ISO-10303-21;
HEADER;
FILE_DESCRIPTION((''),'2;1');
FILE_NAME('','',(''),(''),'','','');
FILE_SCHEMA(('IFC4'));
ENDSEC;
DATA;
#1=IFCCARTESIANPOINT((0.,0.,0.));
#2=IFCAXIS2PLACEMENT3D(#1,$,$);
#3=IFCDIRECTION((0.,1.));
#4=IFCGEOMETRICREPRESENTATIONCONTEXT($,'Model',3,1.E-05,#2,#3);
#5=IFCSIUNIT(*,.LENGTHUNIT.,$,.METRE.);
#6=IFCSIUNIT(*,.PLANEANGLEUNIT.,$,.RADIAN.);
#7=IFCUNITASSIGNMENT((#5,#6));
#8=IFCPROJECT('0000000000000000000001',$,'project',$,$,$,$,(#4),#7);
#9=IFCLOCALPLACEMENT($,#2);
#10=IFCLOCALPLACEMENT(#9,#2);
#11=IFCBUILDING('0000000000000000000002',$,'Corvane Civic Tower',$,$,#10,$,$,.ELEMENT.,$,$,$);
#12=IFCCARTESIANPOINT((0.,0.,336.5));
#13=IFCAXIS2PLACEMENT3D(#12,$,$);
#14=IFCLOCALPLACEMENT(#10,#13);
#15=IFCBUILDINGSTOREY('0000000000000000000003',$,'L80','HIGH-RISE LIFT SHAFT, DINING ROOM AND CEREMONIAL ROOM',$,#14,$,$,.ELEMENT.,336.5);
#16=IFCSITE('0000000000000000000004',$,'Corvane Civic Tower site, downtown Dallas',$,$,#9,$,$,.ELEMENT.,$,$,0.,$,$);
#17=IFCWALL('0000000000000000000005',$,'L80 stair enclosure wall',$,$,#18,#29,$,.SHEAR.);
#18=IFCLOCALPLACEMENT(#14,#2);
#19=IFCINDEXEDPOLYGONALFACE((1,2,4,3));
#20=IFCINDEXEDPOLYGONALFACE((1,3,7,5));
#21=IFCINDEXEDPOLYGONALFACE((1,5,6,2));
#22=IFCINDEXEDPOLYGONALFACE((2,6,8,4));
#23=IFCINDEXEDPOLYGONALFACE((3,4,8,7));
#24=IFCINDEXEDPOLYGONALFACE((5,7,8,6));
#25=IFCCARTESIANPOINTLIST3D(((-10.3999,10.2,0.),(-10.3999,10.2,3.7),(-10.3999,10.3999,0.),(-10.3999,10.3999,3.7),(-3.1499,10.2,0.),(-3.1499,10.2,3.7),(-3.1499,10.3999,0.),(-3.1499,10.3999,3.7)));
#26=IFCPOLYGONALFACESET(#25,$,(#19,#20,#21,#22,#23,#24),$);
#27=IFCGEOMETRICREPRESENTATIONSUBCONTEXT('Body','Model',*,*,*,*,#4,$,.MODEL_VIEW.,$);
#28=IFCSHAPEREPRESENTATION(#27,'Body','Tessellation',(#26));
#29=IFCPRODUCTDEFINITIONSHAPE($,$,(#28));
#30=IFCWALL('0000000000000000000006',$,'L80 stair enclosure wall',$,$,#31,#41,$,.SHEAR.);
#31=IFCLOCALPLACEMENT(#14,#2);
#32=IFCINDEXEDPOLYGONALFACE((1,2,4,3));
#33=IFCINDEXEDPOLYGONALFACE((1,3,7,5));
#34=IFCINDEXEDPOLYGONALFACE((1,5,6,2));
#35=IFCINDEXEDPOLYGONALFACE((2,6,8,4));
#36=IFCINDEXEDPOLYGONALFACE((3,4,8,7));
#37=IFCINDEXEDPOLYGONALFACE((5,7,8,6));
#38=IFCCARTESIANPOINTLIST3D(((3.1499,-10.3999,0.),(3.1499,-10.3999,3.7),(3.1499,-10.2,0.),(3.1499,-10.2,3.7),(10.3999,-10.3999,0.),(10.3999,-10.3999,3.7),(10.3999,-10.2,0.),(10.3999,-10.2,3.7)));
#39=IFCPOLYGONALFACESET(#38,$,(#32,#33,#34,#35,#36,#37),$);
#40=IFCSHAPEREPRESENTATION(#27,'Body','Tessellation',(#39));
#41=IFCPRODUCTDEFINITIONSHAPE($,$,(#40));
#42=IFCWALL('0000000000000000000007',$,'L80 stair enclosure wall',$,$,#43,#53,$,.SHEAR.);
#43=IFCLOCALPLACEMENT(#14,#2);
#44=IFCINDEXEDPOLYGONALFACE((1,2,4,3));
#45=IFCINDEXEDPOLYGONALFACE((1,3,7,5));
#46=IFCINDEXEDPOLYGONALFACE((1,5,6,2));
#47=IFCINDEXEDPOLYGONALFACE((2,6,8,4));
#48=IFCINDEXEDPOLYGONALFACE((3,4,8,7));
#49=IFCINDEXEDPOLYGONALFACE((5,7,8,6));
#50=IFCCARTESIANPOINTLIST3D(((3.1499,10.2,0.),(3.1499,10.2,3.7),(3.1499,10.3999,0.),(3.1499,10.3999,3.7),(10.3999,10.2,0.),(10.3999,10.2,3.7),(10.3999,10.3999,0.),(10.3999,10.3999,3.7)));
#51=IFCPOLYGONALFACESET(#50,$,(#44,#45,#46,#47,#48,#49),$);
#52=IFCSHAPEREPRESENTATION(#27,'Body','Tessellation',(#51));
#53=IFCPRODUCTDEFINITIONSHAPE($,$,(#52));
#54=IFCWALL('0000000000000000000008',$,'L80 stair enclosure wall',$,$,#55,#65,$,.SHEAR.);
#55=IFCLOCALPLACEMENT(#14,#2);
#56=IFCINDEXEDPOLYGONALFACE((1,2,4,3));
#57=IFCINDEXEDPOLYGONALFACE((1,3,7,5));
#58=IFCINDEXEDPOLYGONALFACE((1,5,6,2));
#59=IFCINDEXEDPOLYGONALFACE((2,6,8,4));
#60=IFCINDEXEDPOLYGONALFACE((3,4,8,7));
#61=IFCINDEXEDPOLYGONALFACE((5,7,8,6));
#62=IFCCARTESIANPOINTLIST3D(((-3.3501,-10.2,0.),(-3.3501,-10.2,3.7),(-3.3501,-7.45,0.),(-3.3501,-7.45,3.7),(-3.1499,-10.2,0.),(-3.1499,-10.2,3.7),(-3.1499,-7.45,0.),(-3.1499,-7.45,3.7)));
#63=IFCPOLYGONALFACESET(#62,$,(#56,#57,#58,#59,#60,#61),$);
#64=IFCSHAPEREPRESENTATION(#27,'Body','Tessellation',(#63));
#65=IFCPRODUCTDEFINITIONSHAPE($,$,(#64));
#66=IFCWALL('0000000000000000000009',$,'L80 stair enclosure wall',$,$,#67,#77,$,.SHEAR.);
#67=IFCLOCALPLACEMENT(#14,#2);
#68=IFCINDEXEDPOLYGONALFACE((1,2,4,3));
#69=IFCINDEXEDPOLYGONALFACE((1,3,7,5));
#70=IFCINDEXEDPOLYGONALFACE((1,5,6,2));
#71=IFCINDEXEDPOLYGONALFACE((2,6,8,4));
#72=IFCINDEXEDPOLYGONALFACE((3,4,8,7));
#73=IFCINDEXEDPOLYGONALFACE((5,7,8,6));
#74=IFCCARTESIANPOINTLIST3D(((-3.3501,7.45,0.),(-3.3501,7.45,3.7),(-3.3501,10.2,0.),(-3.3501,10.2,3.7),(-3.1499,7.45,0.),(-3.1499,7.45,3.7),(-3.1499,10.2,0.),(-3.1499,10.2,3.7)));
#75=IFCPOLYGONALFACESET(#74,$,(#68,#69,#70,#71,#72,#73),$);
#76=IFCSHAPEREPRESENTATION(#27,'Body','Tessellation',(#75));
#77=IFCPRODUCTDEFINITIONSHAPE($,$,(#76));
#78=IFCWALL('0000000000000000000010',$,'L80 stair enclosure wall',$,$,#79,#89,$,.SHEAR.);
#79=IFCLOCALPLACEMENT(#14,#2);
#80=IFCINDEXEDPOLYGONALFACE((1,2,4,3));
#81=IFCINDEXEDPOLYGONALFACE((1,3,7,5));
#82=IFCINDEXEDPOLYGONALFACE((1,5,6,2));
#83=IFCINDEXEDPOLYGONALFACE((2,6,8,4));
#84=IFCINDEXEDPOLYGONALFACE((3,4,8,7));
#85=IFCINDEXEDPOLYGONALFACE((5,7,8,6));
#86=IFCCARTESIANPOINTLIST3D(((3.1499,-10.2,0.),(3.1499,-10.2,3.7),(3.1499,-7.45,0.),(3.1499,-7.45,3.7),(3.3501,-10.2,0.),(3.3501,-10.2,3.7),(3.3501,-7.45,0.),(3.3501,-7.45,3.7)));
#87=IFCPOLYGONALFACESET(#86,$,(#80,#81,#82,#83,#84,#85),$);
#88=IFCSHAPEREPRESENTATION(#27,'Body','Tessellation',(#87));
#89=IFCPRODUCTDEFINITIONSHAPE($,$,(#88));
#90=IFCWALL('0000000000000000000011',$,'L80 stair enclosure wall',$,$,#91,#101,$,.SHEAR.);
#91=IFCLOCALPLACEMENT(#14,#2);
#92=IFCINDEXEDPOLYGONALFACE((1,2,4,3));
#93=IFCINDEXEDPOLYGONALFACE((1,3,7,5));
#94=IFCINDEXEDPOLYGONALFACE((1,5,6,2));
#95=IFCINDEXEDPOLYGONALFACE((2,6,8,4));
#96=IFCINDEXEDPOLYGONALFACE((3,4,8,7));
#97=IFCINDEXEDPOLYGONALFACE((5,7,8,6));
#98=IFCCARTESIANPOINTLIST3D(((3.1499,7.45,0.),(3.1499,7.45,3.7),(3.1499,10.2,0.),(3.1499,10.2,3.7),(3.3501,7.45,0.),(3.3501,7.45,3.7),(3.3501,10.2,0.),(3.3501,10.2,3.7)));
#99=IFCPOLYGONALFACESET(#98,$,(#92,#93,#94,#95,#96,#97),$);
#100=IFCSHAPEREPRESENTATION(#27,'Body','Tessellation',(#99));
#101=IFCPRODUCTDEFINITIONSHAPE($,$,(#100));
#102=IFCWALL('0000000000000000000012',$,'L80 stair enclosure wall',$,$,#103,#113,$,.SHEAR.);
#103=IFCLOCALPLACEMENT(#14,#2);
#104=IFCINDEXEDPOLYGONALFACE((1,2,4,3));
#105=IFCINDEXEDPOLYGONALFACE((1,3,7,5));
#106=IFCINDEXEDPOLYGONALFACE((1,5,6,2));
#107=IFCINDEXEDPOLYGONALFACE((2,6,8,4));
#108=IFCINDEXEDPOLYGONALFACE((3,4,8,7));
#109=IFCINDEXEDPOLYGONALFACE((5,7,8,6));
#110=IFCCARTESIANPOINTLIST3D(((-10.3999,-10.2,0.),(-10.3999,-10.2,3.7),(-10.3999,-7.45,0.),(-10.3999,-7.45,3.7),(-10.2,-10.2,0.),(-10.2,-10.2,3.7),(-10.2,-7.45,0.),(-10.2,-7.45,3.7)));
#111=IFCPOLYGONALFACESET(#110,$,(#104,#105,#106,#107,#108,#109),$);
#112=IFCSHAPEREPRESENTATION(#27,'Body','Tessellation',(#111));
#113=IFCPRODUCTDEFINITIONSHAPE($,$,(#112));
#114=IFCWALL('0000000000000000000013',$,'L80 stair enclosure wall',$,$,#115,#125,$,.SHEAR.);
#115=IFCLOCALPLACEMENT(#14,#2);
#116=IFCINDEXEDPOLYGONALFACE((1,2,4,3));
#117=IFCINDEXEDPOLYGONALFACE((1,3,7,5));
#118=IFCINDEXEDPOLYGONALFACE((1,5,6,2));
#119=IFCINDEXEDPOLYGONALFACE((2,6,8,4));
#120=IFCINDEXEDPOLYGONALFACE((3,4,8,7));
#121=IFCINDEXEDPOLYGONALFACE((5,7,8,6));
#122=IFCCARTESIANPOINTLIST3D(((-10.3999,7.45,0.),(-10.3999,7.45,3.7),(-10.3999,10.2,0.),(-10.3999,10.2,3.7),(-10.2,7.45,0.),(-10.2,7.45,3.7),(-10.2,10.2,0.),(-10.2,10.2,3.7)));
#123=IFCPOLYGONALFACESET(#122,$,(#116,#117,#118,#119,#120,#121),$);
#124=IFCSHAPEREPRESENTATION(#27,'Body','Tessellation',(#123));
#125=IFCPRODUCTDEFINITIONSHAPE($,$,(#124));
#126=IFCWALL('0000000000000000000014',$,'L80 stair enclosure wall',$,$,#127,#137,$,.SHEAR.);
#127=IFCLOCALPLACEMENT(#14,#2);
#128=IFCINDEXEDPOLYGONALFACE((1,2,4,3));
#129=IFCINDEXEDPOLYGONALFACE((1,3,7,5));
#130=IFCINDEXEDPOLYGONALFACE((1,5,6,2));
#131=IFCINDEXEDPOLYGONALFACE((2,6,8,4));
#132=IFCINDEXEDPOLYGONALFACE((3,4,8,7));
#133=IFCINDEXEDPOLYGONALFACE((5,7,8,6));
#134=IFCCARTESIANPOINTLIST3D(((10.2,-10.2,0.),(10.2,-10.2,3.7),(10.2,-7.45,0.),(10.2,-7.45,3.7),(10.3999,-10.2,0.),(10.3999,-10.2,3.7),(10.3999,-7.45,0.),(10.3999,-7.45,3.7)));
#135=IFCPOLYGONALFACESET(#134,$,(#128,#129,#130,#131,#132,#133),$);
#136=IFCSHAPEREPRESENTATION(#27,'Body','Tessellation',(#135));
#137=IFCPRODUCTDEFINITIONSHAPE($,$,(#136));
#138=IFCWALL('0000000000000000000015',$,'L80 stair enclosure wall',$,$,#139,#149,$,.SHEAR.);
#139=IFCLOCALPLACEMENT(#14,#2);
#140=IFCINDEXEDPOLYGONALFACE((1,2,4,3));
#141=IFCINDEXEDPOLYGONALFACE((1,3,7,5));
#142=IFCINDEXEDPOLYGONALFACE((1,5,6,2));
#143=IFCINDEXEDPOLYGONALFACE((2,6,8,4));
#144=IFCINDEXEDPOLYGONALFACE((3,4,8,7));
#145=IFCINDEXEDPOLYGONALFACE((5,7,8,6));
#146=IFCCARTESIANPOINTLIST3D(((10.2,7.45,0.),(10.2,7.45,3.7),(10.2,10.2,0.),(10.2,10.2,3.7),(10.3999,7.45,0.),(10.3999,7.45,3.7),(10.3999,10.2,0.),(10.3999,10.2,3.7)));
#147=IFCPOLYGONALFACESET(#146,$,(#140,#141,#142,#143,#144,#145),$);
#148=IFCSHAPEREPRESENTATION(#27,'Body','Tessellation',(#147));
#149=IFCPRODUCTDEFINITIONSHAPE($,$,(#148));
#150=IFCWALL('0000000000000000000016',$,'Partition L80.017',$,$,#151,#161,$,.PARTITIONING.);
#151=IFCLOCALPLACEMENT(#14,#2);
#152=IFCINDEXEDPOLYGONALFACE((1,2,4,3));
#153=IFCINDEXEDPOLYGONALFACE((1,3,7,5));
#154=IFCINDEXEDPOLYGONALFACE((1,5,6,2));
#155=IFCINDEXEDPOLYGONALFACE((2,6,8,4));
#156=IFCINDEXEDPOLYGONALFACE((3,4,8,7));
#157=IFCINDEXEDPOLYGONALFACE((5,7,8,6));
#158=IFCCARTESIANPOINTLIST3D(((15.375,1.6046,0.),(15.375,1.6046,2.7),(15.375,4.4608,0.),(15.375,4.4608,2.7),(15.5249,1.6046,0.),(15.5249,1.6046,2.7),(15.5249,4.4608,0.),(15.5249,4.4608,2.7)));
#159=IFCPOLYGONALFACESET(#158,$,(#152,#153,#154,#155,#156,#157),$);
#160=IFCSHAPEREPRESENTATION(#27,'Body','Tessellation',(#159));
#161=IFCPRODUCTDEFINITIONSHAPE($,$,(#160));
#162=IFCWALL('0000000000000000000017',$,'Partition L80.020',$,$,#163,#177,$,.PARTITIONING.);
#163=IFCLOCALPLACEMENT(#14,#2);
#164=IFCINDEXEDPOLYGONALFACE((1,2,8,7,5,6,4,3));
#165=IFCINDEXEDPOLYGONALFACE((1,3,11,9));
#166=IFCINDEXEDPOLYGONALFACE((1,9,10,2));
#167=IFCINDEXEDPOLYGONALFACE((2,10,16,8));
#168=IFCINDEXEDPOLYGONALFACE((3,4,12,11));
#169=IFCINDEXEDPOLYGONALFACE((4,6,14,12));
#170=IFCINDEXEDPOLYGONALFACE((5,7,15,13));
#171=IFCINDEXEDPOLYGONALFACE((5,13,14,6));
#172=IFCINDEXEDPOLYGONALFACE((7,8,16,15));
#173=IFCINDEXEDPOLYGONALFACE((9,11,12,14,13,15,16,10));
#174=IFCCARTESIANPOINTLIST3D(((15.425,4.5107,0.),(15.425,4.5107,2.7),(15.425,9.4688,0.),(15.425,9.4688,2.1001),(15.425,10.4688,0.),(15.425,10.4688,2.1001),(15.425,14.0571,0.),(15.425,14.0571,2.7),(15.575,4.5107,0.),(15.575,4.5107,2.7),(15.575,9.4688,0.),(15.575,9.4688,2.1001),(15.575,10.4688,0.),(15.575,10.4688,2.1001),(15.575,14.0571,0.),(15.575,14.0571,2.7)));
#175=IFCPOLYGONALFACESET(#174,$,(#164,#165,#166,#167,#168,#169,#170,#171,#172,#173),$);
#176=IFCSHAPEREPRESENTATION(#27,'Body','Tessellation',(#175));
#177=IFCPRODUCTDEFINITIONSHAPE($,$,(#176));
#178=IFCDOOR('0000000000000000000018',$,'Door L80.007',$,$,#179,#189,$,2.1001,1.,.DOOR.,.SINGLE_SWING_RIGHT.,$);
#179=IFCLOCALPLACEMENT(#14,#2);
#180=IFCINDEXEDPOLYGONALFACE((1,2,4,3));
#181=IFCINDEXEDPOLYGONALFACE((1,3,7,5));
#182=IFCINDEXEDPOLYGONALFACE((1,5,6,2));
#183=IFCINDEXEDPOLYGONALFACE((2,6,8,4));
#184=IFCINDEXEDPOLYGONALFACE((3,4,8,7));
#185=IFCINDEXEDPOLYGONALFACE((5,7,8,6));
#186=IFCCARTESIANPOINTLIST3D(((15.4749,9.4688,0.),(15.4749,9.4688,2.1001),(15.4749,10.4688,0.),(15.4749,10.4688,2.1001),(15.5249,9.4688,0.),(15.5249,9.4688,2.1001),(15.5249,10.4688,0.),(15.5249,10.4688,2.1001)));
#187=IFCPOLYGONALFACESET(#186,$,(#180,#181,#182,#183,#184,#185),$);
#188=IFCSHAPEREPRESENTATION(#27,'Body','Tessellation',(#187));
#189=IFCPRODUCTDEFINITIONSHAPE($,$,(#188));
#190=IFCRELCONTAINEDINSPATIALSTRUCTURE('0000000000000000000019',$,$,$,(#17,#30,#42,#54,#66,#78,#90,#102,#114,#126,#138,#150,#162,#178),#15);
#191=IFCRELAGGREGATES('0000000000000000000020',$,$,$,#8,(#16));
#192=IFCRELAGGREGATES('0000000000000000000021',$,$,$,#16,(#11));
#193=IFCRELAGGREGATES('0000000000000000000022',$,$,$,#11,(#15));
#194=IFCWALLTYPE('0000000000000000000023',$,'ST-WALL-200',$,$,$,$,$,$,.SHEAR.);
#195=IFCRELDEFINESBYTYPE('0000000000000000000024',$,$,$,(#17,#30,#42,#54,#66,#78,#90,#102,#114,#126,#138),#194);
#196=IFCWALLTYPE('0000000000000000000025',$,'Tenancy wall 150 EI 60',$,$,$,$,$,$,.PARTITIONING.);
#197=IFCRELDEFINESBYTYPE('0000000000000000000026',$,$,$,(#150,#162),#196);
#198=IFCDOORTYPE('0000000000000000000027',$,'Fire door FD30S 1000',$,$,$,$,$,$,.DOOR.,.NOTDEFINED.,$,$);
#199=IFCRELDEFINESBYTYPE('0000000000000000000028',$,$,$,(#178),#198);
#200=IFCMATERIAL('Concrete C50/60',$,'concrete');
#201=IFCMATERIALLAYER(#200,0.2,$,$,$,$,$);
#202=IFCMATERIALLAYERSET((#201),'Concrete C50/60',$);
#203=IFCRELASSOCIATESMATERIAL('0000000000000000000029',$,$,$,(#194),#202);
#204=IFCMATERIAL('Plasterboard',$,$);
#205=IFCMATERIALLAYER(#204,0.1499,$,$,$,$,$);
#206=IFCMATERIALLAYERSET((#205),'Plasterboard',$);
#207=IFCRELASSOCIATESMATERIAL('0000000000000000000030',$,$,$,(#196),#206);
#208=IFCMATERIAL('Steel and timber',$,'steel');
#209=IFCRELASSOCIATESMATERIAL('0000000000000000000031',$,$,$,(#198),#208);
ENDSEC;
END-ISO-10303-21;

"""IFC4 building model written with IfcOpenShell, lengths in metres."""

from ifc_helpers import new_model, si_unit, direction, frame, frame_2d, origin, place, context, subcontext, project, spatial, polyline, rectangle, outline, extrude, material, layer, layer_set, type_object, element, fill, save


model = new_model("IFC4")

# Units and contexts
model_context = context("Model", 3, precision=1e-05, world=origin(), true_north=direction((0.0, 1.0)))
body_context = subcontext(model_context, "Body", "Model", "MODEL_VIEW")
ifc_project = project(units=[si_unit("LENGTHUNIT", "METRE"), si_unit("PLANEANGLEUNIT", "RADIAN")], contexts=[model_context])

# Site, building, storey
site_placement = place(None, origin())
site = spatial("IfcSite", under=ifc_project, at=site_placement, Name="Corvane Civic Tower site, downtown Dallas", CompositionType="ELEMENT", RefElevation=0.0)
building_placement = place(site_placement, origin())
building = spatial("IfcBuilding", under=site, at=building_placement, Name="Corvane Civic Tower", CompositionType="ELEMENT")
storey_placement = place(building_placement, frame((0.0, 0.0, 336.5)))
storey = spatial("IfcBuildingStorey", under=building, at=storey_placement, Name="L80", Description="HIGH-RISE LIFT SHAFT, DINING ROOM AND CEREMONIAL ROOM", CompositionType="ELEMENT", Elevation=336.5)

# Shared definitions
ifc_material_1 = material(Name="Concrete C50/60", Category="concrete")
ifc_layer_1 = layer(ifc_material_1, 0.2)
ifc_layer_set_1 = layer_set([ifc_layer_1], Name="Concrete C50/60")
wall_type_1 = type_object("IfcWallType", Name="ST-WALL-200", PredefinedType="SHEAR", material=ifc_layer_set_1)

# Walls
wall_1_placement = place(storey_placement, origin())
element("IfcWall", 1, at=wall_1_placement, inside=storey, type_object=wall_type_1, Name="L80 stair enclosure wall", PredefinedType="SHEAR", context=body_context, shape_type="SweptSolid", body=[
    extrude(outline(polyline([(-3.1499, 10.2), (-10.3999, 10.2), (-10.3999, 10.3999), (-3.1499, 10.3999), (-3.1499, 10.2)])), origin(), (0.0, 0.0, 1.0), 3.7),
])
wall_2_placement = place(storey_placement, origin())
element("IfcWall", 2, at=wall_2_placement, inside=storey, type_object=wall_type_1, Name="L80 stair enclosure wall", PredefinedType="SHEAR", context=body_context, shape_type="SweptSolid", body=[
    extrude(outline(polyline([(10.3999, -10.3999), (3.1499, -10.3999), (3.1499, -10.2), (10.3999, -10.2), (10.3999, -10.3999)])), origin(), (0.0, 0.0, 1.0), 3.7),
])
wall_3_placement = place(storey_placement, origin())
element("IfcWall", 3, at=wall_3_placement, inside=storey, type_object=wall_type_1, Name="L80 stair enclosure wall", PredefinedType="SHEAR", context=body_context, shape_type="SweptSolid", body=[
    extrude(outline(polyline([(10.3999, 10.2), (3.1499, 10.2), (3.1499, 10.3999), (10.3999, 10.3999), (10.3999, 10.2)])), origin(), (0.0, 0.0, 1.0), 3.7),
])
wall_4_placement = place(storey_placement, origin())
element("IfcWall", 4, at=wall_4_placement, inside=storey, type_object=wall_type_1, Name="L80 stair enclosure wall", PredefinedType="SHEAR", context=body_context, shape_type="SweptSolid", body=[
    extrude(outline(polyline([(-3.1499, -7.45), (-3.1499, -10.2), (-3.3501, -10.2), (-3.3501, -7.45), (-3.1499, -7.45)])), origin(), (0.0, 0.0, 1.0), 3.7),
])
wall_5_placement = place(storey_placement, origin())
element("IfcWall", 5, at=wall_5_placement, inside=storey, type_object=wall_type_1, Name="L80 stair enclosure wall", PredefinedType="SHEAR", context=body_context, shape_type="SweptSolid", body=[
    extrude(outline(polyline([(-3.1499, 7.45), (-3.3501, 7.45), (-3.3501, 10.2), (-3.1499, 10.2), (-3.1499, 7.45)])), origin(), (0.0, 0.0, 1.0), 3.7),
])
wall_6_placement = place(storey_placement, origin())
element("IfcWall", 6, at=wall_6_placement, inside=storey, type_object=wall_type_1, Name="L80 stair enclosure wall", PredefinedType="SHEAR", context=body_context, shape_type="SweptSolid", body=[
    extrude(outline(polyline([(3.3501, -7.45), (3.3501, -10.2), (3.1499, -10.2), (3.1499, -7.45), (3.3501, -7.45)])), origin(), (0.0, 0.0, 1.0), 3.7),
])
wall_7_placement = place(storey_placement, origin())
element("IfcWall", 7, at=wall_7_placement, inside=storey, type_object=wall_type_1, Name="L80 stair enclosure wall", PredefinedType="SHEAR", context=body_context, shape_type="SweptSolid", body=[
    extrude(outline(polyline([(3.3501, 7.45), (3.1499, 7.45), (3.1499, 10.2), (3.3501, 10.2), (3.3501, 7.45)])), origin(), (0.0, 0.0, 1.0), 3.7),
])
wall_8_placement = place(storey_placement, origin())
element("IfcWall", 8, at=wall_8_placement, inside=storey, type_object=wall_type_1, Name="L80 stair enclosure wall", PredefinedType="SHEAR", context=body_context, shape_type="SweptSolid", body=[
    extrude(outline(polyline([(-10.2, -7.45), (-10.2, -10.2), (-10.3999, -10.2), (-10.3999, -7.45), (-10.2, -7.45)])), origin(), (0.0, 0.0, 1.0), 3.7),
])
wall_9_placement = place(storey_placement, origin())
element("IfcWall", 9, at=wall_9_placement, inside=storey, type_object=wall_type_1, Name="L80 stair enclosure wall", PredefinedType="SHEAR", context=body_context, shape_type="SweptSolid", body=[
    extrude(outline(polyline([(-10.2, 7.45), (-10.3999, 7.45), (-10.3999, 10.2), (-10.2, 10.2), (-10.2, 7.45)])), origin(), (0.0, 0.0, 1.0), 3.7),
])
wall_10_placement = place(storey_placement, origin())
element("IfcWall", 10, at=wall_10_placement, inside=storey, type_object=wall_type_1, Name="L80 stair enclosure wall", PredefinedType="SHEAR", context=body_context, shape_type="SweptSolid", body=[
    extrude(outline(polyline([(10.3999, -7.45), (10.3999, -10.2), (10.2, -10.2), (10.2, -7.45), (10.3999, -7.45)])), origin(), (0.0, 0.0, 1.0), 3.7),
])
wall_11_placement = place(storey_placement, origin())
element("IfcWall", 11, at=wall_11_placement, inside=storey, type_object=wall_type_1, Name="L80 stair enclosure wall", PredefinedType="SHEAR", context=body_context, shape_type="SweptSolid", body=[
    extrude(outline(polyline([(10.3999, 7.45), (10.2, 7.45), (10.2, 10.2), (10.3999, 10.2), (10.3999, 7.45)])), origin(), (0.0, 0.0, 1.0), 3.7),
])
ifc_material_2 = material(Name="Plasterboard")
ifc_layer_2 = layer(ifc_material_2, 0.1499)
ifc_layer_set_2 = layer_set([ifc_layer_2], Name="Plasterboard")
wall_type_2 = type_object("IfcWallType", Name="Tenancy wall 150 EI 60", PredefinedType="PARTITIONING", material=ifc_layer_set_2)
wall_12_placement = place(storey_placement, frame((15.45, 1.6045, 0.0), z_axis=(0.0, 0.0, 1.0), x_axis=(0.0, 1.0, 0.0)))
element("IfcWall", 12, at=wall_12_placement, inside=storey, type_object=wall_type_2, Name="Partition L80.017", PredefinedType="PARTITIONING", context=body_context, shape_type="SweptSolid", body=[
    extrude(rectangle(XDim=2.8562, YDim=0.1499, at=frame_2d((1.4282, 0.0))), origin(), (0.0, 0.0, 1.0), 2.7),
])

# Wall, opening, door
wall_13_placement = place(storey_placement, frame((15.5, 4.5107, 0.0), z_axis=(0.0, 0.0, 1.0), x_axis=(0.0, 1.0, 0.0)))
wall_13 = element("IfcWall", 13, at=wall_13_placement, inside=storey, type_object=wall_type_2, Name="Partition L80.020", PredefinedType="PARTITIONING", context=body_context, shape_type="SweptSolid", body=[
    extrude(rectangle(XDim=9.5464, YDim=0.1499, at=frame_2d((4.7732, 0.0))), origin(), (0.0, 0.0, 1.0), 2.7),
])
opening_1_placement = place(wall_13_placement, frame((4.958, 0.0, 0.0)))
opening_1 = element("IfcOpeningElement", 14, at=opening_1_placement, cuts=wall_13, PredefinedType="OPENING", context=body_context, shape_type="SweptSolid", body=[
    extrude(rectangle(XDim=1.0, YDim=2.1001, at=frame_2d((0.5, 1.05))), frame((0.0, 0.085, 0.0), z_axis=(0.0, -1.0, 0.0), x_axis=(1.0, 0.0, 0.0)), (0.0, 0.0, 1.0), 0.1699),
])
ifc_material_3 = material(Name="Steel and timber", Category="steel")
door_type_1 = type_object("IfcDoorType", Name="Fire door FD30S 1000", OperationType="NOTDEFINED", PredefinedType="DOOR", material=ifc_material_3)
door_1_placement = place(opening_1_placement, frame((1.0, 0.0, 0.0), z_axis=(0.0, 0.0, 1.0), x_axis=(-1.0, 0.0, 0.0)))
door_1 = element("IfcDoor", 15, at=door_1_placement, inside=storey, type_object=door_type_1, Name="Door L80.007", OperationType="SINGLE_SWING_RIGHT", OverallHeight=2.1001, OverallWidth=1.0, PredefinedType="DOOR", context=body_context, shape_type="SweptSolid", body=[
    extrude(rectangle(XDim=1.0, YDim=2.1001, at=frame_2d((0.5, 1.05))), frame((0.0, 0.0249, 0.0), z_axis=(0.0, -1.0, 0.0), x_axis=(1.0, 0.0, 0.0)), (0.0, 0.0, 1.0), 0.05),
])
fill(opening_1, door_1)

save(model, "model.ifc")
